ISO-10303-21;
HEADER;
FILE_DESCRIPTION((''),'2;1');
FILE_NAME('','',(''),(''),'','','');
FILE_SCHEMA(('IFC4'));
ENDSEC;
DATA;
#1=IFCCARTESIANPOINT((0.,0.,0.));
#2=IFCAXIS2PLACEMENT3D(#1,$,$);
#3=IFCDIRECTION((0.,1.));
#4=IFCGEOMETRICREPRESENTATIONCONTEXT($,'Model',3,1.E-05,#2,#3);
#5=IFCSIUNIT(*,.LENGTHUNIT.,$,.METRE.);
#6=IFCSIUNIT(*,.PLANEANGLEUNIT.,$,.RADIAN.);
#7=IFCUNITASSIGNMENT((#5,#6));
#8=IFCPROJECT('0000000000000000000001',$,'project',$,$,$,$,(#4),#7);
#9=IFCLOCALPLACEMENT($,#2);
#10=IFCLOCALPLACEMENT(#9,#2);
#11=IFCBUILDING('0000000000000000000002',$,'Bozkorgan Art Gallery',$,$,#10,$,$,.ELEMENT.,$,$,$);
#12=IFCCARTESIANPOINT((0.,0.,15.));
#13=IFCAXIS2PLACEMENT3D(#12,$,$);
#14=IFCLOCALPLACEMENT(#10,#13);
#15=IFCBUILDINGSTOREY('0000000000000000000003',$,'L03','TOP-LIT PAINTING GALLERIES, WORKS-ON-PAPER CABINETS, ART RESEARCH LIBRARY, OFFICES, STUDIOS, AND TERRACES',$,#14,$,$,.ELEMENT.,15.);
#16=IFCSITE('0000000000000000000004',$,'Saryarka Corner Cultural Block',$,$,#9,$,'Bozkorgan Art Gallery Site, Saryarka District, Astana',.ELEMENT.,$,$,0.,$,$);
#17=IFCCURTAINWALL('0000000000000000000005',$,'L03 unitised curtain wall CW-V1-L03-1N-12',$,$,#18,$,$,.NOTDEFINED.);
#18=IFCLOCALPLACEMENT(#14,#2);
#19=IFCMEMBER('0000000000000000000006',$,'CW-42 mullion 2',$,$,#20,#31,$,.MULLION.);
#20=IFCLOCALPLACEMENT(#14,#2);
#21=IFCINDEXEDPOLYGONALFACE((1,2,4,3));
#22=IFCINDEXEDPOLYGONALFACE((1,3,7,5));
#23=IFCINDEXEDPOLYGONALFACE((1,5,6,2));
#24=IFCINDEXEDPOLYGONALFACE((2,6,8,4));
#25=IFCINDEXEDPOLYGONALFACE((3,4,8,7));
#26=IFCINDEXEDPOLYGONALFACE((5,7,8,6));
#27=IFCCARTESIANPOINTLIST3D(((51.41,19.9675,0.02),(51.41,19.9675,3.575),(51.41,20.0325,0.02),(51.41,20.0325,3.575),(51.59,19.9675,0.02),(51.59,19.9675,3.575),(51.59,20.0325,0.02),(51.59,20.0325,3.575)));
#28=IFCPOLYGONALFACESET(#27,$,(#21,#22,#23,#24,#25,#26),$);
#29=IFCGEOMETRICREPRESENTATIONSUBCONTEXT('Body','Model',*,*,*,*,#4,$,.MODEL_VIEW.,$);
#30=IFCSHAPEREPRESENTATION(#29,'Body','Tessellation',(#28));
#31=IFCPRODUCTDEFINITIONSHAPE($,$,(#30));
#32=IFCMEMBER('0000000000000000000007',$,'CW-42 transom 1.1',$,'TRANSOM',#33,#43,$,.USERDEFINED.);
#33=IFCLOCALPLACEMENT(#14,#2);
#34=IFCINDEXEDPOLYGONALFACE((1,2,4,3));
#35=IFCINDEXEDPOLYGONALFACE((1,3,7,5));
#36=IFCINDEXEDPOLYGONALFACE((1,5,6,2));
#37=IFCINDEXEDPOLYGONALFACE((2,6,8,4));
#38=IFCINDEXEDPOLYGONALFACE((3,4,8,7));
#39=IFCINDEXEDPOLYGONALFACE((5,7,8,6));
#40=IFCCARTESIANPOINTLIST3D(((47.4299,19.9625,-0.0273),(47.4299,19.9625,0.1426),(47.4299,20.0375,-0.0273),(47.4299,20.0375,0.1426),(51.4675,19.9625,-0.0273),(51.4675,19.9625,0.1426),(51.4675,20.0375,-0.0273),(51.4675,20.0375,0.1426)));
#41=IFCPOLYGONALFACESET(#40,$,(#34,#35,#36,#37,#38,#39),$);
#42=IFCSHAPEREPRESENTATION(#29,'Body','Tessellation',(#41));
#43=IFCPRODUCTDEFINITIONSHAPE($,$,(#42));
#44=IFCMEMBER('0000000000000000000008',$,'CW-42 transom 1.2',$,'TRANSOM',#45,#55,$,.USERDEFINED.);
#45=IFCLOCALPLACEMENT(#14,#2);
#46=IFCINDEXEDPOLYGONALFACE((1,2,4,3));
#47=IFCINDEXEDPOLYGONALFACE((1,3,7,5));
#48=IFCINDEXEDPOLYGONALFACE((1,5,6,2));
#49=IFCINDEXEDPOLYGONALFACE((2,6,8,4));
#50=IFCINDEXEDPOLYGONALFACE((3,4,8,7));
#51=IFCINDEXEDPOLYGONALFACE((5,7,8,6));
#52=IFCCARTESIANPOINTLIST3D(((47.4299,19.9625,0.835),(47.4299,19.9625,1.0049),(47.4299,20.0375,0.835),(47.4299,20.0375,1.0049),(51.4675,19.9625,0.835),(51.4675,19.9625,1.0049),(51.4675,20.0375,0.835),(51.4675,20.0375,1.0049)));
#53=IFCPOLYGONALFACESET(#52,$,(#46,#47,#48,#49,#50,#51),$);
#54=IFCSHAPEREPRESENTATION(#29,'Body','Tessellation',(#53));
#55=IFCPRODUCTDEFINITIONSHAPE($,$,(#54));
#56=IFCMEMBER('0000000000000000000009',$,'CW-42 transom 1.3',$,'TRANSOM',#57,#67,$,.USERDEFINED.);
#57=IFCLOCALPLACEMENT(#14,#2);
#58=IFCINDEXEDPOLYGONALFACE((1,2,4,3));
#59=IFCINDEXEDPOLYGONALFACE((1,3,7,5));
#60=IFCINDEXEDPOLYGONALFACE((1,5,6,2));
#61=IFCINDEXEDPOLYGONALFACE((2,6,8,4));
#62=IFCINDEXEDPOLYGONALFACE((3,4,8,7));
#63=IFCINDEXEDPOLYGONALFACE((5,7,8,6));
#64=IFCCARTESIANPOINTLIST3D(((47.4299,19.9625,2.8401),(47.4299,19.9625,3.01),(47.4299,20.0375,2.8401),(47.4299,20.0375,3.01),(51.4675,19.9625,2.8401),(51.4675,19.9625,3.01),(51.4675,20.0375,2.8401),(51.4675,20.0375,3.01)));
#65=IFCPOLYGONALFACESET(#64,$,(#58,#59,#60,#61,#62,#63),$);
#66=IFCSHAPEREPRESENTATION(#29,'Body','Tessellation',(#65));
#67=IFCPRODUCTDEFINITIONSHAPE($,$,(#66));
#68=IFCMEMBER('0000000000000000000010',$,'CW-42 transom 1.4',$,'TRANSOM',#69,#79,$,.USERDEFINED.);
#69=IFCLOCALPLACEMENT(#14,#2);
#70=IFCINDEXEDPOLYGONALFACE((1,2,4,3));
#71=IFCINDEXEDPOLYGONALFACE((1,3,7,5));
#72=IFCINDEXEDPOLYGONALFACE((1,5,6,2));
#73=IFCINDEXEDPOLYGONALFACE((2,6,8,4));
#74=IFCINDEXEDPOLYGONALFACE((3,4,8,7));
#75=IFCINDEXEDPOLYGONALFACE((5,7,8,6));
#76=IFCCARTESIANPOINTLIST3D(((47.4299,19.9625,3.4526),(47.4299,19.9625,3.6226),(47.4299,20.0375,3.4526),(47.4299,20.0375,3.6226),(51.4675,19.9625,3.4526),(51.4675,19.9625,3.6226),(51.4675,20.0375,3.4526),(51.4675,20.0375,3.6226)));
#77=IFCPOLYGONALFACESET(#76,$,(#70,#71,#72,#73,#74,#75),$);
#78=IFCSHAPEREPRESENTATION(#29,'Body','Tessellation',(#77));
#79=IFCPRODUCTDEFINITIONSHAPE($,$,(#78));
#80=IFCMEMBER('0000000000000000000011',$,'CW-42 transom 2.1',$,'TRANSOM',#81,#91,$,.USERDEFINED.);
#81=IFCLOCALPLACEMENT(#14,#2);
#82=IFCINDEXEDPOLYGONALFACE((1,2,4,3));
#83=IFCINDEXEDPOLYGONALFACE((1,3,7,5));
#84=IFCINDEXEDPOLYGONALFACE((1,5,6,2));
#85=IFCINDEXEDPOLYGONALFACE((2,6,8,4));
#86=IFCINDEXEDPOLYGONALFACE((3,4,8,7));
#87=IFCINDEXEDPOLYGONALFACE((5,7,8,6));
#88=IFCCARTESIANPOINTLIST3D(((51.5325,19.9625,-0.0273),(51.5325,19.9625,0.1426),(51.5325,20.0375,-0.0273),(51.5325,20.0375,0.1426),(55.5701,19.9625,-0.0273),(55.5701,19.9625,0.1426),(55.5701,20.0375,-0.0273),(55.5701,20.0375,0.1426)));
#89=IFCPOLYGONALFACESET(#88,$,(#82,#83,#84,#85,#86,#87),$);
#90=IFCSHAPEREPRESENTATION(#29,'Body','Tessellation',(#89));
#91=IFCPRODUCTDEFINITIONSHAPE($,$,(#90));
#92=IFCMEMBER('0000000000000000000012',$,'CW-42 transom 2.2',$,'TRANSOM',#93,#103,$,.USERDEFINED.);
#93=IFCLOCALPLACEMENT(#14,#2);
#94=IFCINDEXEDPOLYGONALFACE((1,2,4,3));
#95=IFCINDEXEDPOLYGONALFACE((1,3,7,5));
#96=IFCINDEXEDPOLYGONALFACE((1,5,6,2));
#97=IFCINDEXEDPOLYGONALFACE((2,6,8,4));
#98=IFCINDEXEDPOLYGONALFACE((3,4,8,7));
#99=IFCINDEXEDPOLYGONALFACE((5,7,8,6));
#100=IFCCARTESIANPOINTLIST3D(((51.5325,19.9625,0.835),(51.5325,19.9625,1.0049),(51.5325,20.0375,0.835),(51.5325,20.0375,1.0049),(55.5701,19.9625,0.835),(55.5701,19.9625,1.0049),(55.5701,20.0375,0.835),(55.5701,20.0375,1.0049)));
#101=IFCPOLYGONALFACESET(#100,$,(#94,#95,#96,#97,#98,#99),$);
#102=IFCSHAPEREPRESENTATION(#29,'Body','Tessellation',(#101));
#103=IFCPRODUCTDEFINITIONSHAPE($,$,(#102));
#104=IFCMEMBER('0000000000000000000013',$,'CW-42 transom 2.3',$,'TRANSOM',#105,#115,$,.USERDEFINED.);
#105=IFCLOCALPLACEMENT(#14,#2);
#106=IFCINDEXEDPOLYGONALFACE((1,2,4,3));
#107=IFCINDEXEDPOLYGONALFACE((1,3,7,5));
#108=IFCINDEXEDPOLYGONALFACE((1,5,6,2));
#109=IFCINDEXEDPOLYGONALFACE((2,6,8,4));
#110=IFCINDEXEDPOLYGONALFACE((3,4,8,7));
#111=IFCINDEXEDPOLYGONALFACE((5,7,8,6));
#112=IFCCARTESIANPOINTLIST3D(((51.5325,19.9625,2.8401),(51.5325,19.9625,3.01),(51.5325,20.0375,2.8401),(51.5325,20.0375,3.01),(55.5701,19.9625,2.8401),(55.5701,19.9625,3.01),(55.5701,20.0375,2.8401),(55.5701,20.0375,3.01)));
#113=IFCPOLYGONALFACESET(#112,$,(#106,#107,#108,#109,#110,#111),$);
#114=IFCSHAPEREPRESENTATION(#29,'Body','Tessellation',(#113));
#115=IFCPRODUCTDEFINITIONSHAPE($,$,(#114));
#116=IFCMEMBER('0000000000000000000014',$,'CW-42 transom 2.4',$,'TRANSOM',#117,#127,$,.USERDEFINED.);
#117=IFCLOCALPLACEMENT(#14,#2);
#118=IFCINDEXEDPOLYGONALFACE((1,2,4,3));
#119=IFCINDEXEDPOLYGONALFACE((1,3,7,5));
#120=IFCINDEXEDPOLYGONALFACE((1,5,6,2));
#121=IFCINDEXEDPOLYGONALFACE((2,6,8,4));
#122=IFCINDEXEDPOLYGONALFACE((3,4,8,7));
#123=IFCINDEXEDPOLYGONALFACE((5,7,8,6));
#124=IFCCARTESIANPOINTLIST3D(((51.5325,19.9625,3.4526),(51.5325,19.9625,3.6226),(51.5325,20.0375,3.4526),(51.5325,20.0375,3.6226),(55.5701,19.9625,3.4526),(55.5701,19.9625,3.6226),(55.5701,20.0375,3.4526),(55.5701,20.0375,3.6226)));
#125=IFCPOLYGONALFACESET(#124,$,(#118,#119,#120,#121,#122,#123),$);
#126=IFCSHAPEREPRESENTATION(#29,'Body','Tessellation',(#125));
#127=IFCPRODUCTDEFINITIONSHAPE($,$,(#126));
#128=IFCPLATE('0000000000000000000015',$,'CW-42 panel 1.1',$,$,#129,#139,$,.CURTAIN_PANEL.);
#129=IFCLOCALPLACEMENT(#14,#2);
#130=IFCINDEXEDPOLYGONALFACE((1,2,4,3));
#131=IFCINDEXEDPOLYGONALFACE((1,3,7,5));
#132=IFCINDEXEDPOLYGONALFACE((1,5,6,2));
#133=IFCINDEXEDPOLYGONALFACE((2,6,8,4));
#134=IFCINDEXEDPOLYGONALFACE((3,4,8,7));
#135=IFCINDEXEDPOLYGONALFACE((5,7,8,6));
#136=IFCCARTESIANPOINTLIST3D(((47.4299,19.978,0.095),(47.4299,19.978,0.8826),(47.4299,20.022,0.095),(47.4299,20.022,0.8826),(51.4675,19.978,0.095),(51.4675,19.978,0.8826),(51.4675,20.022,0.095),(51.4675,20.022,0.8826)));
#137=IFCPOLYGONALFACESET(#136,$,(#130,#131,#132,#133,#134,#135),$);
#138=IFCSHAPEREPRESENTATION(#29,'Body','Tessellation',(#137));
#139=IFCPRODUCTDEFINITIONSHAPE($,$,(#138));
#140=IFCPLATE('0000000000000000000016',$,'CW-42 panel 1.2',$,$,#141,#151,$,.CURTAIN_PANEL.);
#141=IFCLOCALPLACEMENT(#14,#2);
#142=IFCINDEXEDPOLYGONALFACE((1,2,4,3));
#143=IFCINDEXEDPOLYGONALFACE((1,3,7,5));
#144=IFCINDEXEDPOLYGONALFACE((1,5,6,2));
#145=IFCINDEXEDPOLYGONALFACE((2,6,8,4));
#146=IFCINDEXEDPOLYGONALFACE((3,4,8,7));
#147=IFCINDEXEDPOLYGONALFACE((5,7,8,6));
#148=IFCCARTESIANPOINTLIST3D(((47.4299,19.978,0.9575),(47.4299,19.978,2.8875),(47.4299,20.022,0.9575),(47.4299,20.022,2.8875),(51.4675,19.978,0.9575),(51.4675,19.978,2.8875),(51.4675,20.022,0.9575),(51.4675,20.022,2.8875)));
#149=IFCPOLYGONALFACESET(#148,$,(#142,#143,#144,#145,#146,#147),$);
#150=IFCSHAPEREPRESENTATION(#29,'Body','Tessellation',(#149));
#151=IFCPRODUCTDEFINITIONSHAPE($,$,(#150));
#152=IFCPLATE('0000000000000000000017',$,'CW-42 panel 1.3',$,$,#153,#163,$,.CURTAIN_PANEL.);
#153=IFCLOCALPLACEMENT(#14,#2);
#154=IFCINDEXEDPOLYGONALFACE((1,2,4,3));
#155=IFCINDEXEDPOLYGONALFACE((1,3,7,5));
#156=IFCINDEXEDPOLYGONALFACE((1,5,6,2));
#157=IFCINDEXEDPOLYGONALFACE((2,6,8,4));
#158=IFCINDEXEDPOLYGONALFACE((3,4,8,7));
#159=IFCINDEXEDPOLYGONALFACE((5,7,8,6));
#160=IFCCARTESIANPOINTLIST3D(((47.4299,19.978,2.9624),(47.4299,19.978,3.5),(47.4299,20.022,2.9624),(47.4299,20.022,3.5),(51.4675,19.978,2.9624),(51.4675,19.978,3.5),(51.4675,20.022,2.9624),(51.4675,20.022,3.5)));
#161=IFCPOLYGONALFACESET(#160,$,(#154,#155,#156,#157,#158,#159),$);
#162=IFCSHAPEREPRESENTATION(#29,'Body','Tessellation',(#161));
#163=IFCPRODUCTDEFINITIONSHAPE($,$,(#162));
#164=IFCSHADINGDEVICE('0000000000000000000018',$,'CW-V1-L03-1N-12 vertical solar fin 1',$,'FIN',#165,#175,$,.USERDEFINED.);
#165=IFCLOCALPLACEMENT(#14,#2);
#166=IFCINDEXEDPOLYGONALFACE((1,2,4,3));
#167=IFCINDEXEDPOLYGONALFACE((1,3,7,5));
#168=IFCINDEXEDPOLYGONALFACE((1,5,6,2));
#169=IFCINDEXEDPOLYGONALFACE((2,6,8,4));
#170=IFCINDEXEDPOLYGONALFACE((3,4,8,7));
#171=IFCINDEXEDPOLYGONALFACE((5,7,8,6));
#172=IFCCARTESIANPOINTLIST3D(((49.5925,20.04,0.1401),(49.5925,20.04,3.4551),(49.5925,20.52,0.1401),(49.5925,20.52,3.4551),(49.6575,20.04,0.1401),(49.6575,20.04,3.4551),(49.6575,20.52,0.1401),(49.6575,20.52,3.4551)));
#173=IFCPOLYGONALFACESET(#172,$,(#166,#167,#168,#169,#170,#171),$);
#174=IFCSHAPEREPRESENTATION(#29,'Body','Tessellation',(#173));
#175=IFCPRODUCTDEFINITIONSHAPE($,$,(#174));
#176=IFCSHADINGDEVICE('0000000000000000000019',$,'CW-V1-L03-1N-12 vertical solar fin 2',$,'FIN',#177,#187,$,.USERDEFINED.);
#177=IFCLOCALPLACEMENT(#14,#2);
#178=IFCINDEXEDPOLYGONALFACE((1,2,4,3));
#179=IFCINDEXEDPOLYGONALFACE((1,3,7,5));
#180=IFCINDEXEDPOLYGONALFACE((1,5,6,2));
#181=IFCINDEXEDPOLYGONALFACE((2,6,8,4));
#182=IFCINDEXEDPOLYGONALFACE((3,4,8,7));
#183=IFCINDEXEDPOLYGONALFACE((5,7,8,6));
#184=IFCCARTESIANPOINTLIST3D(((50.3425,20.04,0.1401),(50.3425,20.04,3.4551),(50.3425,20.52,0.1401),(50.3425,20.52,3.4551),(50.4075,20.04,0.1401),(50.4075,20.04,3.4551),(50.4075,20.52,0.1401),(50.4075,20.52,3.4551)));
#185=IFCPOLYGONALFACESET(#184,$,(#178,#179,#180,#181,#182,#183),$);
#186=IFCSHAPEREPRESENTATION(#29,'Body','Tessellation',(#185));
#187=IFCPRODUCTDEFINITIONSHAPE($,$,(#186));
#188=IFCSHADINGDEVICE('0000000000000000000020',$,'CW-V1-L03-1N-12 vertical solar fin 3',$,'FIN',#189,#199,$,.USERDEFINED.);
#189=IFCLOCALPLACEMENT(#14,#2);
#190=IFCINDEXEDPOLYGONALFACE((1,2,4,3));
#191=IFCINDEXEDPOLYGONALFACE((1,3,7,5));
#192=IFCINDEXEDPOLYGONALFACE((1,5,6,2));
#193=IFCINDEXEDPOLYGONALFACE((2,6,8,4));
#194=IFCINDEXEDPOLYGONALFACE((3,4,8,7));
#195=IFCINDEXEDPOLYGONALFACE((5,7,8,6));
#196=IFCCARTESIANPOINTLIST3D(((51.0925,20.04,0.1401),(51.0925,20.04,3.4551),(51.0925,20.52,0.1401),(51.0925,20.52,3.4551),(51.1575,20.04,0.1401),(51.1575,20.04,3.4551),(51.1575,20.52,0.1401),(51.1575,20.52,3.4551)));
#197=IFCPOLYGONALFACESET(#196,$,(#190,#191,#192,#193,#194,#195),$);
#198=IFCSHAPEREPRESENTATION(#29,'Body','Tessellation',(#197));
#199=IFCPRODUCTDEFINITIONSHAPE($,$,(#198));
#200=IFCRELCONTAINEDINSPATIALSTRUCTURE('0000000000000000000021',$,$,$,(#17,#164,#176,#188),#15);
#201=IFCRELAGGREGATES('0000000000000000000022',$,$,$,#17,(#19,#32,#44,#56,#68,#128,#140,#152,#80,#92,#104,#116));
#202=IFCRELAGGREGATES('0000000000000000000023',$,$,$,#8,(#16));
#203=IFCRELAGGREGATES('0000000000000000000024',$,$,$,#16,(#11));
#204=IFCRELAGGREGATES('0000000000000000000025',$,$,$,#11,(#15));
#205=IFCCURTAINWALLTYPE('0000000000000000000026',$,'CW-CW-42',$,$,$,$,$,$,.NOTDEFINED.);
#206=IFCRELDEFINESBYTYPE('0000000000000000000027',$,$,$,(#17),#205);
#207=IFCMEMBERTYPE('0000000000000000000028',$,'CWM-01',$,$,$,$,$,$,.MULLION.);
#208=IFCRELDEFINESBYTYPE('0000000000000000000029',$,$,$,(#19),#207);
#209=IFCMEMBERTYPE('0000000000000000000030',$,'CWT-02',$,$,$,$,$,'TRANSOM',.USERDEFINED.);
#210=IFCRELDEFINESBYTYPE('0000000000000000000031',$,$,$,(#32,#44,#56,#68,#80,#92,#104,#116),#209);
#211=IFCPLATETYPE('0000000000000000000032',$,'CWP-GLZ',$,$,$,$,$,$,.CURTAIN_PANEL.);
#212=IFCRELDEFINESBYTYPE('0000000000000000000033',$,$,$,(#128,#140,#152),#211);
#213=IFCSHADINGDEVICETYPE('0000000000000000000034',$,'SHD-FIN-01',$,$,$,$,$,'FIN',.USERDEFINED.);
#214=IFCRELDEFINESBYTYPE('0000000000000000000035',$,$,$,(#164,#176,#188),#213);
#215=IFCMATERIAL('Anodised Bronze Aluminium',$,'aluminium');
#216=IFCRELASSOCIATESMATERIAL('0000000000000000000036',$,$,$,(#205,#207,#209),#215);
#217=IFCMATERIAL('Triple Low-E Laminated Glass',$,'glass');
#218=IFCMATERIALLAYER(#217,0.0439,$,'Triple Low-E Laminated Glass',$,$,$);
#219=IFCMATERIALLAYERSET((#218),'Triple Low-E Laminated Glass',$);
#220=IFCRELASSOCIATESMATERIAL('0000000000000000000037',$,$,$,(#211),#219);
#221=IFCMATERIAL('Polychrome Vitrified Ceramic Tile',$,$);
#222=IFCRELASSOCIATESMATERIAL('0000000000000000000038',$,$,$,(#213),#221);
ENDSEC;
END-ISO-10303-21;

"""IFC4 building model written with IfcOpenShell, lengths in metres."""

from ifc_helpers import new_model, si_unit, direction, frame, origin, origin_2d, place, context, subcontext, project, spatial, rectangle, extrude, material, layer, layer_set, material_profile, profile_set, type_object, element, aggregate, save


model = new_model("IFC4")

# Units and contexts
model_context = context("Model", 3, precision=1e-05, world=origin(), true_north=direction((0.0, 1.0)))
body_context = subcontext(model_context, "Body", "Model", "MODEL_VIEW")
ifc_project = project(units=[si_unit("LENGTHUNIT", "METRE"), si_unit("PLANEANGLEUNIT", "RADIAN")], contexts=[model_context])

# Site, building, storey
site_placement = place(None, origin())
site = spatial("IfcSite", under=ifc_project, at=site_placement, Name="Saryarka Corner Cultural Block", LongName="Bozkorgan Art Gallery Site, Saryarka District, Astana", CompositionType="ELEMENT", RefElevation=0.0)
building_placement = place(site_placement, origin())
building = spatial("IfcBuilding", under=site, at=building_placement, Name="Bozkorgan Art Gallery", CompositionType="ELEMENT")
storey_placement = place(building_placement, frame((0.0, 0.0, 15.0)))
storey = spatial("IfcBuildingStorey", under=building, at=storey_placement, Name="L03", Description="TOP-LIT PAINTING GALLERIES, WORKS-ON-PAPER CABINETS, ART RESEARCH LIBRARY, OFFICES, STUDIOS, AND TERRACES", CompositionType="ELEMENT", Elevation=15.0)

# Curtain wall, members, plates
ifc_material_1 = material(Name="Anodised Bronze Aluminium", Category="aluminium")
curtain_wall_type = type_object("IfcCurtainWallType", Name="CW-CW-42", PredefinedType="NOTDEFINED", material=ifc_material_1)
curtain_wall_placement = place(storey_placement, origin())
curtain_wall = element("IfcCurtainWall", 1, at=curtain_wall_placement, inside=storey, type_object=curtain_wall_type, Name="L03 unitised curtain wall CW-V1-L03-1N-12", PredefinedType="NOTDEFINED")
ifc_material_profile_1 = material_profile(ifc_material_1, rectangle(XDim=0.0649, YDim=0.1799, at=origin_2d()), Name="ALU MULLION 65x180")
ifc_profile_set_1 = profile_set([ifc_material_profile_1], Name="Anodised Bronze Aluminium")
member_type_1 = type_object("IfcMemberType", Name="CWM-01", PredefinedType="MULLION", material=ifc_profile_set_1)
member_1_placement = place(storey_placement, frame((51.5, 20.0, 0.02), z_axis=(0.0, 0.0, 1.0), x_axis=(0.0, 1.0, 0.0)))
member_1 = element("IfcMember", 2, at=member_1_placement, type_object=member_type_1, Name="CW-42 mullion 2", PredefinedType="MULLION", context=body_context, shape_type="SweptSolid", body=[
    extrude(rectangle(XDim=0.0649, YDim=0.1799, at=origin_2d()), origin(), (0.0, 0.0, 1.0), 3.5549),
])
ifc_material_profile_2 = material_profile(ifc_material_1, rectangle(XDim=0.075, YDim=0.1699, at=origin_2d()), Name="ALU TRANSOM 75x170")
ifc_profile_set_2 = profile_set([ifc_material_profile_2], Name="Anodised Bronze Aluminium")
member_type_2 = type_object("IfcMemberType", Name="CWT-02", ElementType="TRANSOM", PredefinedType="USERDEFINED", material=ifc_profile_set_2)
member_2_placement = place(storey_placement, frame((47.4299, 20.0, 0.0576), z_axis=(1.0, 0.0, 0.0), x_axis=(0.0, 1.0, 0.0)))
member_2 = element("IfcMember", 3, at=member_2_placement, type_object=member_type_2, Name="CW-42 transom 1.1", ObjectType="TRANSOM", PredefinedType="USERDEFINED", context=body_context, shape_type="SweptSolid", body=[
    extrude(rectangle(XDim=0.075, YDim=0.1699, at=origin_2d()), origin(), (0.0, 0.0, 1.0), 4.0376),
])
member_3_placement = place(storey_placement, frame((47.4299, 20.0, 0.9199), z_axis=(1.0, 0.0, 0.0), x_axis=(0.0, 1.0, 0.0)))
member_3 = element("IfcMember", 4, at=member_3_placement, type_object=member_type_2, Name="CW-42 transom 1.2", ObjectType="TRANSOM", PredefinedType="USERDEFINED", context=body_context, shape_type="SweptSolid", body=[
    extrude(rectangle(XDim=0.075, YDim=0.1699, at=origin_2d()), origin(), (0.0, 0.0, 1.0), 4.0376),
])
member_4_placement = place(storey_placement, frame((47.4299, 20.0, 2.925), z_axis=(1.0, 0.0, 0.0), x_axis=(0.0, 1.0, 0.0)))
member_4 = element("IfcMember", 5, at=member_4_placement, type_object=member_type_2, Name="CW-42 transom 1.3", ObjectType="TRANSOM", PredefinedType="USERDEFINED", context=body_context, shape_type="SweptSolid", body=[
    extrude(rectangle(XDim=0.075, YDim=0.1699, at=origin_2d()), origin(), (0.0, 0.0, 1.0), 4.0376),
])
member_5_placement = place(storey_placement, frame((47.4299, 20.0, 3.5376), z_axis=(1.0, 0.0, 0.0), x_axis=(0.0, 1.0, 0.0)))
member_5 = element("IfcMember", 6, at=member_5_placement, type_object=member_type_2, Name="CW-42 transom 1.4", ObjectType="TRANSOM", PredefinedType="USERDEFINED", context=body_context, shape_type="SweptSolid", body=[
    extrude(rectangle(XDim=0.075, YDim=0.1699, at=origin_2d()), origin(), (0.0, 0.0, 1.0), 4.0376),
])
member_6_placement = place(storey_placement, frame((51.5325, 20.0, 0.0576), z_axis=(1.0, 0.0, 0.0), x_axis=(0.0, 1.0, 0.0)))
member_6 = element("IfcMember", 7, at=member_6_placement, type_object=member_type_2, Name="CW-42 transom 2.1", ObjectType="TRANSOM", PredefinedType="USERDEFINED", context=body_context, shape_type="SweptSolid", body=[
    extrude(rectangle(XDim=0.075, YDim=0.1699, at=origin_2d()), origin(), (0.0, 0.0, 1.0), 4.0376),
])
member_7_placement = place(storey_placement, frame((51.5325, 20.0, 0.9199), z_axis=(1.0, 0.0, 0.0), x_axis=(0.0, 1.0, 0.0)))
member_7 = element("IfcMember", 8, at=member_7_placement, type_object=member_type_2, Name="CW-42 transom 2.2", ObjectType="TRANSOM", PredefinedType="USERDEFINED", context=body_context, shape_type="SweptSolid", body=[
    extrude(rectangle(XDim=0.075, YDim=0.1699, at=origin_2d()), origin(), (0.0, 0.0, 1.0), 4.0376),
])
member_8_placement = place(storey_placement, frame((51.5325, 20.0, 2.925), z_axis=(1.0, 0.0, 0.0), x_axis=(0.0, 1.0, 0.0)))
member_8 = element("IfcMember", 9, at=member_8_placement, type_object=member_type_2, Name="CW-42 transom 2.3", ObjectType="TRANSOM", PredefinedType="USERDEFINED", context=body_context, shape_type="SweptSolid", body=[
    extrude(rectangle(XDim=0.075, YDim=0.1699, at=origin_2d()), origin(), (0.0, 0.0, 1.0), 4.0376),
])
member_9_placement = place(storey_placement, frame((51.5325, 20.0, 3.5376), z_axis=(1.0, 0.0, 0.0), x_axis=(0.0, 1.0, 0.0)))
member_9 = element("IfcMember", 10, at=member_9_placement, type_object=member_type_2, Name="CW-42 transom 2.4", ObjectType="TRANSOM", PredefinedType="USERDEFINED", context=body_context, shape_type="SweptSolid", body=[
    extrude(rectangle(XDim=0.075, YDim=0.1699, at=origin_2d()), origin(), (0.0, 0.0, 1.0), 4.0376),
])
ifc_material_2 = material(Name="Triple Low-E Laminated Glass", Category="glass")
ifc_layer = layer(ifc_material_2, 0.0439, Name="Triple Low-E Laminated Glass")
ifc_layer_set = layer_set([ifc_layer], Name="Triple Low-E Laminated Glass")
plate_type = type_object("IfcPlateType", Name="CWP-GLZ", PredefinedType="CURTAIN_PANEL", material=ifc_layer_set)
plate_1_placement = place(storey_placement, frame((49.4487, 20.0, 0.095), z_axis=(0.0, 0.0, 1.0), x_axis=(1.0, 0.0, 0.0)))
plate_1 = element("IfcPlate", 11, at=plate_1_placement, type_object=plate_type, Name="CW-42 panel 1.1", PredefinedType="CURTAIN_PANEL", context=body_context, shape_type="SweptSolid", body=[
    extrude(rectangle(XDim=4.0376, YDim=0.0439, at=origin_2d()), origin(), (0.0, 0.0, 1.0), 0.7876),
])
plate_2_placement = place(storey_placement, frame((49.4487, 20.0, 0.9575), z_axis=(0.0, 0.0, 1.0), x_axis=(1.0, 0.0, 0.0)))
plate_2 = element("IfcPlate", 12, at=plate_2_placement, type_object=plate_type, Name="CW-42 panel 1.2", PredefinedType="CURTAIN_PANEL", context=body_context, shape_type="SweptSolid", body=[
    extrude(rectangle(XDim=4.0376, YDim=0.0439, at=origin_2d()), origin(), (0.0, 0.0, 1.0), 1.9299),
])
plate_3_placement = place(storey_placement, frame((49.4487, 20.0, 2.9624), z_axis=(0.0, 0.0, 1.0), x_axis=(1.0, 0.0, 0.0)))
plate_3 = element("IfcPlate", 13, at=plate_3_placement, type_object=plate_type, Name="CW-42 panel 1.3", PredefinedType="CURTAIN_PANEL", context=body_context, shape_type="SweptSolid", body=[
    extrude(rectangle(XDim=4.0376, YDim=0.0439, at=origin_2d()), origin(), (0.0, 0.0, 1.0), 0.5376),
])
aggregate(curtain_wall, [member_1, member_2, member_3, member_4, member_5, plate_1, plate_2, plate_3, member_6, member_7, member_8, member_9])

# Shading devices
ifc_material_3 = material(Name="Polychrome Vitrified Ceramic Tile")
shading_device_type = type_object("IfcShadingDeviceType", Name="SHD-FIN-01", ElementType="FIN", PredefinedType="USERDEFINED", material=ifc_material_3)
for number, where, z_axis, x_axis, name in (
    (14, (49.625, 20.28, 0.1401), (0.0, 0.0, 1.0), (0.0, 1.0, 0.0), "CW-V1-L03-1N-12 vertical solar fin 1"),
    (15, (50.375, 20.28, 0.1401), (0.0, 0.0, 1.0), (0.0, 1.0, 0.0), "CW-V1-L03-1N-12 vertical solar fin 2"),
    (16, (51.125, 20.28, 0.1401), (0.0, 0.0, 1.0), (0.0, 1.0, 0.0), "CW-V1-L03-1N-12 vertical solar fin 3"),
):
    element("IfcShadingDevice", number, at=place(storey_placement, frame(where, z_axis=z_axis, x_axis=x_axis)), inside=storey, type_object=shading_device_type, Name=name, ObjectType="FIN", PredefinedType="USERDEFINED", context=body_context, shape_type="SweptSolid", body=[
        extrude(rectangle(XDim=0.48, YDim=0.0649, at=origin_2d()), origin(), (0.0, 0.0, 1.0), 3.3149),
    ])

save(model, "model.ifc")
